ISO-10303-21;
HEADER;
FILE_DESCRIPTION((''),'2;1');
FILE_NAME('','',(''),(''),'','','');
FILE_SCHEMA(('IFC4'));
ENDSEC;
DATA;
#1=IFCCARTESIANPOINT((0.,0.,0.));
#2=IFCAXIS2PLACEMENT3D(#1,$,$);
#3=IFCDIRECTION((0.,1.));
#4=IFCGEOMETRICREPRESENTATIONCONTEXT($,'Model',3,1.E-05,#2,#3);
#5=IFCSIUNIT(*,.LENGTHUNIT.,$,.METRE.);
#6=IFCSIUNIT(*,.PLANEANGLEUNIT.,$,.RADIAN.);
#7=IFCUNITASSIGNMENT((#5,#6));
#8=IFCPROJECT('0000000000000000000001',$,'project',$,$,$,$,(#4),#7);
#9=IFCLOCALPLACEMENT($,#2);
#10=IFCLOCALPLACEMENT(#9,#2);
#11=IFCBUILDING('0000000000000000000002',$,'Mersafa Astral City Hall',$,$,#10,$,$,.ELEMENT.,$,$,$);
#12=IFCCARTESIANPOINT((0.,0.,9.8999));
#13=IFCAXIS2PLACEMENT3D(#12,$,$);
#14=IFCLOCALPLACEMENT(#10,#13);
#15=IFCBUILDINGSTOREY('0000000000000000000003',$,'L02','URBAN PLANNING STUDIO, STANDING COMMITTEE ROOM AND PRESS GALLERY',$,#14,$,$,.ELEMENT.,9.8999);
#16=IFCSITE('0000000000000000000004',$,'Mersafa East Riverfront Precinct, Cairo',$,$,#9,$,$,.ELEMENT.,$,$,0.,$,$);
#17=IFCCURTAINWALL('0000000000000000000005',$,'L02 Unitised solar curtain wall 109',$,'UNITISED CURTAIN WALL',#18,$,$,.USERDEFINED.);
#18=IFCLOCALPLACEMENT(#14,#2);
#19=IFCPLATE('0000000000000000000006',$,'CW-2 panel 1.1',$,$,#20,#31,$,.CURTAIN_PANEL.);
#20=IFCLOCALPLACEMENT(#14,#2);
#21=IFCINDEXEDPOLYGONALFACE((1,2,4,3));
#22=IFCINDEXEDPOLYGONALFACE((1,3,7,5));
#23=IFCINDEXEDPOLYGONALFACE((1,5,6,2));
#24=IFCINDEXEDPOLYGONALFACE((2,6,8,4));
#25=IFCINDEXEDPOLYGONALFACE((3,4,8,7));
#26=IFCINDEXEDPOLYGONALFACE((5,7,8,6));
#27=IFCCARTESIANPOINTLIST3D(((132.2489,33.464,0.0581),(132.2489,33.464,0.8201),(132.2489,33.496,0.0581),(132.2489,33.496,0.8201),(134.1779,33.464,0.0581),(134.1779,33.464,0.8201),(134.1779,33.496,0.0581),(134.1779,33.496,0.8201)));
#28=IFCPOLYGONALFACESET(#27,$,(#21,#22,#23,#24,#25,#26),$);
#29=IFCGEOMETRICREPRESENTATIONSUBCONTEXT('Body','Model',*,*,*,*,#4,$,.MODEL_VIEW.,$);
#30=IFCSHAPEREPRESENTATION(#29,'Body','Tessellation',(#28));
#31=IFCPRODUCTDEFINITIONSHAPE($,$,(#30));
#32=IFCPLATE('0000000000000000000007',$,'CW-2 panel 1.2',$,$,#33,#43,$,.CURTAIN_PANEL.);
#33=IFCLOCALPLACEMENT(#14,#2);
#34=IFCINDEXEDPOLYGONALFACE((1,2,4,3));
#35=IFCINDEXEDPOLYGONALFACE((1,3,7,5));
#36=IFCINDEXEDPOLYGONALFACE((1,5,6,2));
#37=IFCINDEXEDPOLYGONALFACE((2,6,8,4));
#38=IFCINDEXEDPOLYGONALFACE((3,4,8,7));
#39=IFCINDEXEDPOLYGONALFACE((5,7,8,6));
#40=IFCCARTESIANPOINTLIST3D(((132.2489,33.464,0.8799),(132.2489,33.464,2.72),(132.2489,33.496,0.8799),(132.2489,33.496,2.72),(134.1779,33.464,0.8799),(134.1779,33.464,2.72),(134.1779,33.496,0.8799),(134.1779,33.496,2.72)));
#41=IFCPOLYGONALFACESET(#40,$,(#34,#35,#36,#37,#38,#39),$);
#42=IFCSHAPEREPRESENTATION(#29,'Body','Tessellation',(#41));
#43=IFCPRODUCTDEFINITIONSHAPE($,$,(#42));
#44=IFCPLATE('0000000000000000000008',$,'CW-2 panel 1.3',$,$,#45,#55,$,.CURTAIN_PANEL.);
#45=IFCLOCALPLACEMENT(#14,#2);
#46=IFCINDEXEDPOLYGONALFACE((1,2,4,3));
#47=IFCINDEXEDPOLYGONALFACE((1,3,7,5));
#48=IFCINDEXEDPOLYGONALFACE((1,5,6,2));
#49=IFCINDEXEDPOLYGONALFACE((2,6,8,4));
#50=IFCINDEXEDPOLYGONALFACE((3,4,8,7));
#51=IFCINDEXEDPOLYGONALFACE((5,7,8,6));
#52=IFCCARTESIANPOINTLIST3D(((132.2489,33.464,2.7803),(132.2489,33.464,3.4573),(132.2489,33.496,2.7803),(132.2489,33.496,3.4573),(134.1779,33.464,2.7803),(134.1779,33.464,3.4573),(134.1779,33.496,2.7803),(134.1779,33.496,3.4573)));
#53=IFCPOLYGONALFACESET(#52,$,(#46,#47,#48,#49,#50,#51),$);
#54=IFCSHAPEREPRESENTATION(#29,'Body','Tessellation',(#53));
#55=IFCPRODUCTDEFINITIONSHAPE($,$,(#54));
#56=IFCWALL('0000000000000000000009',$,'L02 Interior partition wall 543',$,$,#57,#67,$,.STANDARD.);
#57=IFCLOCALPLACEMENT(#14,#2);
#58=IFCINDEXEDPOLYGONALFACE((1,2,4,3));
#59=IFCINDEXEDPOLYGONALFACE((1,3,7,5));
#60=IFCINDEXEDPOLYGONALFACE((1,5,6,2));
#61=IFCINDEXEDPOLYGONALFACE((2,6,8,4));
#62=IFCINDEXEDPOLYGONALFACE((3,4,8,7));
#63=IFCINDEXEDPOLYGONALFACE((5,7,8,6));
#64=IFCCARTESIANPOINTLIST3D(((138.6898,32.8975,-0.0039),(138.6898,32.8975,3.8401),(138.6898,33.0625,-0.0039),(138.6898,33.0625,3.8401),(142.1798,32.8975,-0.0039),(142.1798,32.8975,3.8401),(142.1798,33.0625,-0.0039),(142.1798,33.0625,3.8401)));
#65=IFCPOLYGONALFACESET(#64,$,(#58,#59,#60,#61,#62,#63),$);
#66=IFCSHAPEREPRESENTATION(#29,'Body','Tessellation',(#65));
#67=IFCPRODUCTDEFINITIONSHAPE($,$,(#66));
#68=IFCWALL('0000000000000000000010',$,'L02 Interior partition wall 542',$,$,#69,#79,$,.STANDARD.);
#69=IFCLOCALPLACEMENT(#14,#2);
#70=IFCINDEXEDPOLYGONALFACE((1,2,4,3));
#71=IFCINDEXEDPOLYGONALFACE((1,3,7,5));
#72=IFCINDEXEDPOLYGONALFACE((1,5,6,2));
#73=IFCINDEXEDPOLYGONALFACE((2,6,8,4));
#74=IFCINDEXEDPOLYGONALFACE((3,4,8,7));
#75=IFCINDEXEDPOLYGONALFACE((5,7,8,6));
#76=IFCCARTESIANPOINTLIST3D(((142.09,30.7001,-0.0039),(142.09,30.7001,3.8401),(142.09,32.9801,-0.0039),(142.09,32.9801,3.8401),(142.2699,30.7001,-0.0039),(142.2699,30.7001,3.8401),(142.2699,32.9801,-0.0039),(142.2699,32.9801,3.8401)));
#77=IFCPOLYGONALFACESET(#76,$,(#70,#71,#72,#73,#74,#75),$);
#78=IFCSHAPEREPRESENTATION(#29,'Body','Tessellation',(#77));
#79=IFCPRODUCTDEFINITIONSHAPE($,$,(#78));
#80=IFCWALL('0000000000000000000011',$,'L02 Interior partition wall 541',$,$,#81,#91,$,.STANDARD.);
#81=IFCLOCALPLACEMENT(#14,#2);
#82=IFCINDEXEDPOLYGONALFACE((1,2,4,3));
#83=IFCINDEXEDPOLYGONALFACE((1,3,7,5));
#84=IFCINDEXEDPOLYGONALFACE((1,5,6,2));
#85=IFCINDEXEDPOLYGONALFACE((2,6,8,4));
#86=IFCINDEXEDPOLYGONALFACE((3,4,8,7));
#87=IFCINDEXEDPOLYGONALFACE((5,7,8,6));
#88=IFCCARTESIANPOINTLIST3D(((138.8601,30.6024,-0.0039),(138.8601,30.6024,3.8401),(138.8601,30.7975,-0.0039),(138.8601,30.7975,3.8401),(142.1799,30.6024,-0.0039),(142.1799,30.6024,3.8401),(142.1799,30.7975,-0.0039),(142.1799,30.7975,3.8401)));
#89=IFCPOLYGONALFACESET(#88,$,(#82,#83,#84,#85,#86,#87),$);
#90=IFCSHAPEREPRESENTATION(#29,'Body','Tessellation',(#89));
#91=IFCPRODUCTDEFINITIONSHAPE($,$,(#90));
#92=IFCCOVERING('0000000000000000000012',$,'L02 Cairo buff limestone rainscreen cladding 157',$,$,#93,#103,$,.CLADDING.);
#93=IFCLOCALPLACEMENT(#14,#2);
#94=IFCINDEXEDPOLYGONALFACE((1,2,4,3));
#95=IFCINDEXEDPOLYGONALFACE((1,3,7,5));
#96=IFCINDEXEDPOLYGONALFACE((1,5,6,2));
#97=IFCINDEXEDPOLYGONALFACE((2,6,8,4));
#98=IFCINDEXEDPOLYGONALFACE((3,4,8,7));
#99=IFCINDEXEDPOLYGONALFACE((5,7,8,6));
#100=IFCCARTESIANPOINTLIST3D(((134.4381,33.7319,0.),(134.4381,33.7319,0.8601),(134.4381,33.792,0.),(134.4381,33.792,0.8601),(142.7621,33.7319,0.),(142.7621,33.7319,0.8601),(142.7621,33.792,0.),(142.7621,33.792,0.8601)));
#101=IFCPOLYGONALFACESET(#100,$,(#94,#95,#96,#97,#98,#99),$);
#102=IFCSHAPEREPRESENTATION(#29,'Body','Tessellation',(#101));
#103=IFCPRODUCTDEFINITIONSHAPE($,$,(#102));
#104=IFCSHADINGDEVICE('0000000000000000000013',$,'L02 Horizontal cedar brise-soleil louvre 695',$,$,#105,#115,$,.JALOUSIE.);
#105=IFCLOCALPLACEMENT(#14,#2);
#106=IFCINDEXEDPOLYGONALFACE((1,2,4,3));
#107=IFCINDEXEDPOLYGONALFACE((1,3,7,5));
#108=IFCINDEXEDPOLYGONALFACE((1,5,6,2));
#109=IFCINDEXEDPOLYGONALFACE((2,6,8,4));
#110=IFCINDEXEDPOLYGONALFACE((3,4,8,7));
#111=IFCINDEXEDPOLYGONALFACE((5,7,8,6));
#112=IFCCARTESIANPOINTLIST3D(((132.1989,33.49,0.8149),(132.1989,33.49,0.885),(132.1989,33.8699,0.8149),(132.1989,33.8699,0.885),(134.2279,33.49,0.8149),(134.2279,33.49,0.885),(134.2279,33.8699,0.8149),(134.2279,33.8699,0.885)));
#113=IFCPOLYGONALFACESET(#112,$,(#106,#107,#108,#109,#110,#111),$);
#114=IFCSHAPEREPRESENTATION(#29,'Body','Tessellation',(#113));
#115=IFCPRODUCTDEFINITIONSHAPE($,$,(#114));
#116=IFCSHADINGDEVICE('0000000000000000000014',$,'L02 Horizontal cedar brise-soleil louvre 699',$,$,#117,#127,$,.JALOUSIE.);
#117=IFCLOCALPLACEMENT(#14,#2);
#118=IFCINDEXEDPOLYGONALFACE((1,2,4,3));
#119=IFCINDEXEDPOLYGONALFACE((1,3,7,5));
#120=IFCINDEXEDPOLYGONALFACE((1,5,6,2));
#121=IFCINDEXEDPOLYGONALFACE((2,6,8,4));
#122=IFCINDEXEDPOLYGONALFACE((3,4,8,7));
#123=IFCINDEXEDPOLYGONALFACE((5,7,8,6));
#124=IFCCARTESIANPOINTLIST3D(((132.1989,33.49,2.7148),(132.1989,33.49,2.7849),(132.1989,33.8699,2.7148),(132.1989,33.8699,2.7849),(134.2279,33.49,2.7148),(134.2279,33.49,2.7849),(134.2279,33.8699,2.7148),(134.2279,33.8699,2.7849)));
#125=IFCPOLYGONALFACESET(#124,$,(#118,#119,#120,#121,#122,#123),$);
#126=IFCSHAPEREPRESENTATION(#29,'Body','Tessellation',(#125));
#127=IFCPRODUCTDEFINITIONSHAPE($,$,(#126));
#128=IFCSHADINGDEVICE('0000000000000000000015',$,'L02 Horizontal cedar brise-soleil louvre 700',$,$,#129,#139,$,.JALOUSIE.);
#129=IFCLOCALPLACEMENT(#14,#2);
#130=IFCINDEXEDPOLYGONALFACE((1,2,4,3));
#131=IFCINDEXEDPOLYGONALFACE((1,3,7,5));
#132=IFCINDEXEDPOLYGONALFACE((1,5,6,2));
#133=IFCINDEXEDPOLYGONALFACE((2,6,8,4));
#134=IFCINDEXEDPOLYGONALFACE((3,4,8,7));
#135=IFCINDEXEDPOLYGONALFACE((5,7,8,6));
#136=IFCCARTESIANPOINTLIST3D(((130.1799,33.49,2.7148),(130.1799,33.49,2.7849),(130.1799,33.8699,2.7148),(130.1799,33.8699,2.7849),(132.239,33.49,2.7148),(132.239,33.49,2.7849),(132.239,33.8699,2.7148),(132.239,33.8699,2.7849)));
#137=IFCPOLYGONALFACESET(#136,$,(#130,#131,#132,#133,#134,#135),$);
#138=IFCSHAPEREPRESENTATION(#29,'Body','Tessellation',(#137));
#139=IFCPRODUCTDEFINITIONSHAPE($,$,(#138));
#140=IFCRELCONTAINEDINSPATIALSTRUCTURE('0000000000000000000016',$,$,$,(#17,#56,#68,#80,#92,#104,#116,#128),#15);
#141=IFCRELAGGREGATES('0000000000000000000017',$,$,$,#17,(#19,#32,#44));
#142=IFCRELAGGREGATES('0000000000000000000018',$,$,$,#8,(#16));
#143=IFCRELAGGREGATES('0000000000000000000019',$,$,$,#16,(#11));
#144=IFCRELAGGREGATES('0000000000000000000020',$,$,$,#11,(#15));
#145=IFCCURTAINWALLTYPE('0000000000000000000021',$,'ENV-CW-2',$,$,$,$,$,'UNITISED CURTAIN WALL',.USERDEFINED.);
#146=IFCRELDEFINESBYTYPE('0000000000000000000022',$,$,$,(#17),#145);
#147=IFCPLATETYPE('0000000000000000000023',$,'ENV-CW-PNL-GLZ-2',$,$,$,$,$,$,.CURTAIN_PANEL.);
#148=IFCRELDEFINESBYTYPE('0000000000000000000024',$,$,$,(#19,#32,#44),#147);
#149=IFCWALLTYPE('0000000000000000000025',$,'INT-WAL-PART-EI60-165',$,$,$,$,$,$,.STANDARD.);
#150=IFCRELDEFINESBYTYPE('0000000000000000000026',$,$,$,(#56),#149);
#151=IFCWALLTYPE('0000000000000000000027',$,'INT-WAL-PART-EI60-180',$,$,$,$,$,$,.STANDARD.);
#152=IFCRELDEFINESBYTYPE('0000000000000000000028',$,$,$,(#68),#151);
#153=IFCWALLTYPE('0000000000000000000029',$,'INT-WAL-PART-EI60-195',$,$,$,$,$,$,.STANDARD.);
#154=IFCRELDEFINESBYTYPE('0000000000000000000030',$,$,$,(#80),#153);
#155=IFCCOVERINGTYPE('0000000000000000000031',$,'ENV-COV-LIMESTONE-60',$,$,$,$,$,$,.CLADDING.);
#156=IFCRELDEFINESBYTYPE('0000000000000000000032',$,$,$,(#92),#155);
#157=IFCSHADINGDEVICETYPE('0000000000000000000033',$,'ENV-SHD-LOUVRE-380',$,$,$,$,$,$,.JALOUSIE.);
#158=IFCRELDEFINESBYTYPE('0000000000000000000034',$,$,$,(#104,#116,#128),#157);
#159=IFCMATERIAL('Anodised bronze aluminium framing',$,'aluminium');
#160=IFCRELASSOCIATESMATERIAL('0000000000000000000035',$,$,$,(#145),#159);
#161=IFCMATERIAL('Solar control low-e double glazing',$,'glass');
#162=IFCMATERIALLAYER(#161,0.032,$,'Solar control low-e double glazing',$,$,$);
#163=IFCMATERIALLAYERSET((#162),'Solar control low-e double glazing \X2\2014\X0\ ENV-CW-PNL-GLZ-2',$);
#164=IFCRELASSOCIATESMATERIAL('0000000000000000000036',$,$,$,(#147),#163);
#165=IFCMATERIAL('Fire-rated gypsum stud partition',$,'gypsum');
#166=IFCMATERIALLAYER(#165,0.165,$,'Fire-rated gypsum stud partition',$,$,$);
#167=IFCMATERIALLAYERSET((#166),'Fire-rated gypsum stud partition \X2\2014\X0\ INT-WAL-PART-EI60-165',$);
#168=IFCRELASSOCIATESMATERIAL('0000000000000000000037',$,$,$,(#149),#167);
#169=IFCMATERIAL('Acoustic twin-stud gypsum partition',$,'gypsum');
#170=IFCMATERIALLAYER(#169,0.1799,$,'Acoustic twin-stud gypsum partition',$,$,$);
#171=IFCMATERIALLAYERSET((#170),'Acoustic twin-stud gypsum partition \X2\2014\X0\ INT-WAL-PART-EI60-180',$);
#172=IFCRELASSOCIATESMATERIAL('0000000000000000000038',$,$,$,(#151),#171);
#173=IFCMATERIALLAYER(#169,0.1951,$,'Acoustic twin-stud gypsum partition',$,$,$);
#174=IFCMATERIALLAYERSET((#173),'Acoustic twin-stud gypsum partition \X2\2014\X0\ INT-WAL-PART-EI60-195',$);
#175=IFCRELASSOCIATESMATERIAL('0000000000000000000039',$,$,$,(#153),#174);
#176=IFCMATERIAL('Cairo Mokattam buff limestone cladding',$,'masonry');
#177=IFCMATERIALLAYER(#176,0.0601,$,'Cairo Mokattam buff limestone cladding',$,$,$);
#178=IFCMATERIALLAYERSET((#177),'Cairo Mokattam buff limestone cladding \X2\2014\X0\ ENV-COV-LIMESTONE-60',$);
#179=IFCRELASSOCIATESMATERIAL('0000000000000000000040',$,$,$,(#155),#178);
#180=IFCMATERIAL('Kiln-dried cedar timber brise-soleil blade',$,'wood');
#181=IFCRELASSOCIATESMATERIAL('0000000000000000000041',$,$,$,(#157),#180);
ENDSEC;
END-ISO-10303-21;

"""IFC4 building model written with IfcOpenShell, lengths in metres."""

from ifc_helpers import new_model, si_unit, direction, frame, frame_2d, origin, origin_2d, place, context, subcontext, project, spatial, rectangle, extrude, material, layer, layer_set, type_object, element, aggregate, save


model = new_model("IFC4")

# Units and contexts
model_context = context("Model", 3, precision=1e-05, world=origin(), true_north=direction((0.0, 1.0)))
body_context = subcontext(model_context, "Body", "Model", "MODEL_VIEW")
ifc_project = project(units=[si_unit("LENGTHUNIT", "METRE"), si_unit("PLANEANGLEUNIT", "RADIAN")], contexts=[model_context])

# Site, building, storey
site_placement = place(None, origin())
site = spatial("IfcSite", under=ifc_project, at=site_placement, Name="Mersafa East Riverfront Precinct, Cairo", CompositionType="ELEMENT", RefElevation=0.0)
building_placement = place(site_placement, origin())
building = spatial("IfcBuilding", under=site, at=building_placement, Name="Mersafa Astral City Hall", CompositionType="ELEMENT")
storey_placement = place(building_placement, frame((0.0, 0.0, 9.8999)))
storey = spatial("IfcBuildingStorey", under=building, at=storey_placement, Name="L02", Description="URBAN PLANNING STUDIO, STANDING COMMITTEE ROOM AND PRESS GALLERY", CompositionType="ELEMENT", Elevation=9.8999)

# Curtain wall
ifc_material_1 = material(Name="Anodised bronze aluminium framing", Category="aluminium")
curtain_wall_type = type_object("IfcCurtainWallType", Name="ENV-CW-2", ElementType="UNITISED CURTAIN WALL", PredefinedType="USERDEFINED", material=ifc_material_1)
curtain_wall_placement = place(storey_placement, origin())
curtain_wall = element("IfcCurtainWall", 1, at=curtain_wall_placement, inside=storey, type_object=curtain_wall_type, Name="L02 Unitised solar curtain wall 109", ObjectType="UNITISED CURTAIN WALL", PredefinedType="USERDEFINED")

# Plates
ifc_material_2 = material(Name="Solar control low-e double glazing", Category="glass")
ifc_layer_1 = layer(ifc_material_2, 0.032, Name="Solar control low-e double glazing")
ifc_layer_set_1 = layer_set([ifc_layer_1], Name="Solar control low-e double glazing — ENV-CW-PNL-GLZ-2")
plate_type = type_object("IfcPlateType", Name="ENV-CW-PNL-GLZ-2", PredefinedType="CURTAIN_PANEL", material=ifc_layer_set_1)
plate_1_placement = place(storey_placement, frame((133.2134, 33.48, 0.0581), z_axis=(0.0, 0.0, 1.0), x_axis=(-1.0, 0.0, 0.0)))
plate_1 = element("IfcPlate", 2, at=plate_1_placement, type_object=plate_type, Name="CW-2 panel 1.1", PredefinedType="CURTAIN_PANEL", context=body_context, shape_type="SweptSolid", body=[
    extrude(rectangle(XDim=1.929, YDim=0.032, at=origin_2d()), origin(), (0.0, 0.0, 1.0), 0.762),
])
plate_2_placement = place(storey_placement, frame((133.2134, 33.48, 0.8799), z_axis=(0.0, 0.0, 1.0), x_axis=(-1.0, 0.0, 0.0)))
plate_2 = element("IfcPlate", 3, at=plate_2_placement, type_object=plate_type, Name="CW-2 panel 1.2", PredefinedType="CURTAIN_PANEL", context=body_context, shape_type="SweptSolid", body=[
    extrude(rectangle(XDim=1.929, YDim=0.032, at=origin_2d()), origin(), (0.0, 0.0, 1.0), 1.8401),
])
plate_3_placement = place(storey_placement, frame((133.2134, 33.48, 2.7803), z_axis=(0.0, 0.0, 1.0), x_axis=(-1.0, 0.0, 0.0)))
plate_3 = element("IfcPlate", 4, at=plate_3_placement, type_object=plate_type, Name="CW-2 panel 1.3", PredefinedType="CURTAIN_PANEL", context=body_context, shape_type="SweptSolid", body=[
    extrude(rectangle(XDim=1.929, YDim=0.032, at=origin_2d()), origin(), (0.0, 0.0, 1.0), 0.677),
])
aggregate(curtain_wall, [plate_1, plate_2, plate_3])

# Walls
ifc_material_3 = material(Name="Fire-rated gypsum stud partition", Category="gypsum")
ifc_layer_2 = layer(ifc_material_3, 0.165, Name="Fire-rated gypsum stud partition")
ifc_layer_set_2 = layer_set([ifc_layer_2], Name="Fire-rated gypsum stud partition — INT-WAL-PART-EI60-165")
wall_type_1 = type_object("IfcWallType", Name="INT-WAL-PART-EI60-165", PredefinedType="STANDARD", material=ifc_layer_set_2)
wall_1_placement = place(storey_placement, frame((142.1799, 32.98, -0.0039), z_axis=(0.0, 0.0, 1.0), x_axis=(-1.0, 0.0, 0.0)))
element("IfcWall", 5, at=wall_1_placement, inside=storey, type_object=wall_type_1, Name="L02 Interior partition wall 543", PredefinedType="STANDARD", context=body_context, shape_type="SweptSolid", body=[
    extrude(rectangle(XDim=3.49, YDim=0.165, at=frame_2d((1.7451, 0.0))), origin(), (0.0, 0.0, 1.0), 3.844),
])
ifc_material_4 = material(Name="Acoustic twin-stud gypsum partition", Category="gypsum")
ifc_layer_3 = layer(ifc_material_4, 0.1799, Name="Acoustic twin-stud gypsum partition")
ifc_layer_set_3 = layer_set([ifc_layer_3], Name="Acoustic twin-stud gypsum partition — INT-WAL-PART-EI60-180")
wall_type_2 = type_object("IfcWallType", Name="INT-WAL-PART-EI60-180", PredefinedType="STANDARD", material=ifc_layer_set_3)
wall_2_placement = place(storey_placement, frame((142.1799, 30.7, -0.0039), z_axis=(0.0, 0.0, 1.0), x_axis=(0.0, 1.0, 0.0)))
element("IfcWall", 6, at=wall_2_placement, inside=storey, type_object=wall_type_2, Name="L02 Interior partition wall 542", PredefinedType="STANDARD", context=body_context, shape_type="SweptSolid", body=[
    extrude(rectangle(XDim=2.28, YDim=0.1799, at=frame_2d((1.1401, 0.0))), origin(), (0.0, 0.0, 1.0), 3.844),
])
ifc_layer_4 = layer(ifc_material_4, 0.1951, Name="Acoustic twin-stud gypsum partition")
ifc_layer_set_4 = layer_set([ifc_layer_4], Name="Acoustic twin-stud gypsum partition — INT-WAL-PART-EI60-195")
wall_type_3 = type_object("IfcWallType", Name="INT-WAL-PART-EI60-195", PredefinedType="STANDARD", material=ifc_layer_set_4)
wall_3_placement = place(storey_placement, frame((138.8601, 30.7, -0.0039), z_axis=(0.0, 0.0, 1.0), x_axis=(1.0, 0.0, 0.0)))
element("IfcWall", 7, at=wall_3_placement, inside=storey, type_object=wall_type_3, Name="L02 Interior partition wall 541", PredefinedType="STANDARD", context=body_context, shape_type="SweptSolid", body=[
    extrude(rectangle(XDim=3.3198, YDim=0.1951, at=frame_2d((1.6599, 0.0))), origin(), (0.0, 0.0, 1.0), 3.844),
])

# Covering
ifc_material_5 = material(Name="Cairo Mokattam buff limestone cladding", Category="masonry")
ifc_layer_5 = layer(ifc_material_5, 0.0601, Name="Cairo Mokattam buff limestone cladding")
ifc_layer_set_5 = layer_set([ifc_layer_5], Name="Cairo Mokattam buff limestone cladding — ENV-COV-LIMESTONE-60")
covering_type = type_object("IfcCoveringType", Name="ENV-COV-LIMESTONE-60", PredefinedType="CLADDING", material=ifc_layer_set_5)
covering_placement = place(storey_placement, frame((138.6001, 33.762, 0.0), z_axis=(0.0, 0.0, 1.0), x_axis=(-1.0, 0.0, 0.0)))
element("IfcCovering", 8, at=covering_placement, inside=storey, type_object=covering_type, Name="L02 Cairo buff limestone rainscreen cladding 157", PredefinedType="CLADDING", context=body_context, shape_type="SweptSolid", body=[
    extrude(rectangle(XDim=8.324, YDim=0.0601, at=origin_2d()), origin(), (0.0, 0.0, 1.0), 0.8601),
])

# Shading devices
ifc_material_6 = material(Name="Kiln-dried cedar timber brise-soleil blade", Category="wood")
shading_device_type = type_object("IfcShadingDeviceType", Name="ENV-SHD-LOUVRE-380", PredefinedType="JALOUSIE", material=ifc_material_6)
for number, where, z_axis, x_axis, name in (
    (9, (133.2134, 33.6799, 0.8149), (0.0, 0.0, 1.0), (-1.0, 0.0, 0.0), "L02 Horizontal cedar brise-soleil louvre 695"),
    (10, (133.2134, 33.6799, 2.7148), (0.0, 0.0, 1.0), (-1.0, 0.0, 0.0), "L02 Horizontal cedar brise-soleil louvre 699"),
):
    element("IfcShadingDevice", number, at=place(storey_placement, frame(where, z_axis=z_axis, x_axis=x_axis)), inside=storey, type_object=shading_device_type, Name=name, PredefinedType="JALOUSIE", context=body_context, shape_type="SweptSolid", body=[
        extrude(rectangle(XDim=2.0291, YDim=0.3799, at=origin_2d()), origin(), (0.0, 0.0, 1.0), 0.0701),
    ])
shading_device_placement = place(storey_placement, frame((131.2095, 33.6799, 2.7148), z_axis=(0.0, 0.0, 1.0), x_axis=(-1.0, 0.0, 0.0)))
element("IfcShadingDevice", 11, at=shading_device_placement, inside=storey, type_object=shading_device_type, Name="L02 Horizontal cedar brise-soleil louvre 700", PredefinedType="JALOUSIE", context=body_context, shape_type="SweptSolid", body=[
    extrude(rectangle(XDim=2.0591, YDim=0.3799, at=origin_2d()), origin(), (0.0, 0.0, 1.0), 0.0701),
])

save(model, "model.ifc")
